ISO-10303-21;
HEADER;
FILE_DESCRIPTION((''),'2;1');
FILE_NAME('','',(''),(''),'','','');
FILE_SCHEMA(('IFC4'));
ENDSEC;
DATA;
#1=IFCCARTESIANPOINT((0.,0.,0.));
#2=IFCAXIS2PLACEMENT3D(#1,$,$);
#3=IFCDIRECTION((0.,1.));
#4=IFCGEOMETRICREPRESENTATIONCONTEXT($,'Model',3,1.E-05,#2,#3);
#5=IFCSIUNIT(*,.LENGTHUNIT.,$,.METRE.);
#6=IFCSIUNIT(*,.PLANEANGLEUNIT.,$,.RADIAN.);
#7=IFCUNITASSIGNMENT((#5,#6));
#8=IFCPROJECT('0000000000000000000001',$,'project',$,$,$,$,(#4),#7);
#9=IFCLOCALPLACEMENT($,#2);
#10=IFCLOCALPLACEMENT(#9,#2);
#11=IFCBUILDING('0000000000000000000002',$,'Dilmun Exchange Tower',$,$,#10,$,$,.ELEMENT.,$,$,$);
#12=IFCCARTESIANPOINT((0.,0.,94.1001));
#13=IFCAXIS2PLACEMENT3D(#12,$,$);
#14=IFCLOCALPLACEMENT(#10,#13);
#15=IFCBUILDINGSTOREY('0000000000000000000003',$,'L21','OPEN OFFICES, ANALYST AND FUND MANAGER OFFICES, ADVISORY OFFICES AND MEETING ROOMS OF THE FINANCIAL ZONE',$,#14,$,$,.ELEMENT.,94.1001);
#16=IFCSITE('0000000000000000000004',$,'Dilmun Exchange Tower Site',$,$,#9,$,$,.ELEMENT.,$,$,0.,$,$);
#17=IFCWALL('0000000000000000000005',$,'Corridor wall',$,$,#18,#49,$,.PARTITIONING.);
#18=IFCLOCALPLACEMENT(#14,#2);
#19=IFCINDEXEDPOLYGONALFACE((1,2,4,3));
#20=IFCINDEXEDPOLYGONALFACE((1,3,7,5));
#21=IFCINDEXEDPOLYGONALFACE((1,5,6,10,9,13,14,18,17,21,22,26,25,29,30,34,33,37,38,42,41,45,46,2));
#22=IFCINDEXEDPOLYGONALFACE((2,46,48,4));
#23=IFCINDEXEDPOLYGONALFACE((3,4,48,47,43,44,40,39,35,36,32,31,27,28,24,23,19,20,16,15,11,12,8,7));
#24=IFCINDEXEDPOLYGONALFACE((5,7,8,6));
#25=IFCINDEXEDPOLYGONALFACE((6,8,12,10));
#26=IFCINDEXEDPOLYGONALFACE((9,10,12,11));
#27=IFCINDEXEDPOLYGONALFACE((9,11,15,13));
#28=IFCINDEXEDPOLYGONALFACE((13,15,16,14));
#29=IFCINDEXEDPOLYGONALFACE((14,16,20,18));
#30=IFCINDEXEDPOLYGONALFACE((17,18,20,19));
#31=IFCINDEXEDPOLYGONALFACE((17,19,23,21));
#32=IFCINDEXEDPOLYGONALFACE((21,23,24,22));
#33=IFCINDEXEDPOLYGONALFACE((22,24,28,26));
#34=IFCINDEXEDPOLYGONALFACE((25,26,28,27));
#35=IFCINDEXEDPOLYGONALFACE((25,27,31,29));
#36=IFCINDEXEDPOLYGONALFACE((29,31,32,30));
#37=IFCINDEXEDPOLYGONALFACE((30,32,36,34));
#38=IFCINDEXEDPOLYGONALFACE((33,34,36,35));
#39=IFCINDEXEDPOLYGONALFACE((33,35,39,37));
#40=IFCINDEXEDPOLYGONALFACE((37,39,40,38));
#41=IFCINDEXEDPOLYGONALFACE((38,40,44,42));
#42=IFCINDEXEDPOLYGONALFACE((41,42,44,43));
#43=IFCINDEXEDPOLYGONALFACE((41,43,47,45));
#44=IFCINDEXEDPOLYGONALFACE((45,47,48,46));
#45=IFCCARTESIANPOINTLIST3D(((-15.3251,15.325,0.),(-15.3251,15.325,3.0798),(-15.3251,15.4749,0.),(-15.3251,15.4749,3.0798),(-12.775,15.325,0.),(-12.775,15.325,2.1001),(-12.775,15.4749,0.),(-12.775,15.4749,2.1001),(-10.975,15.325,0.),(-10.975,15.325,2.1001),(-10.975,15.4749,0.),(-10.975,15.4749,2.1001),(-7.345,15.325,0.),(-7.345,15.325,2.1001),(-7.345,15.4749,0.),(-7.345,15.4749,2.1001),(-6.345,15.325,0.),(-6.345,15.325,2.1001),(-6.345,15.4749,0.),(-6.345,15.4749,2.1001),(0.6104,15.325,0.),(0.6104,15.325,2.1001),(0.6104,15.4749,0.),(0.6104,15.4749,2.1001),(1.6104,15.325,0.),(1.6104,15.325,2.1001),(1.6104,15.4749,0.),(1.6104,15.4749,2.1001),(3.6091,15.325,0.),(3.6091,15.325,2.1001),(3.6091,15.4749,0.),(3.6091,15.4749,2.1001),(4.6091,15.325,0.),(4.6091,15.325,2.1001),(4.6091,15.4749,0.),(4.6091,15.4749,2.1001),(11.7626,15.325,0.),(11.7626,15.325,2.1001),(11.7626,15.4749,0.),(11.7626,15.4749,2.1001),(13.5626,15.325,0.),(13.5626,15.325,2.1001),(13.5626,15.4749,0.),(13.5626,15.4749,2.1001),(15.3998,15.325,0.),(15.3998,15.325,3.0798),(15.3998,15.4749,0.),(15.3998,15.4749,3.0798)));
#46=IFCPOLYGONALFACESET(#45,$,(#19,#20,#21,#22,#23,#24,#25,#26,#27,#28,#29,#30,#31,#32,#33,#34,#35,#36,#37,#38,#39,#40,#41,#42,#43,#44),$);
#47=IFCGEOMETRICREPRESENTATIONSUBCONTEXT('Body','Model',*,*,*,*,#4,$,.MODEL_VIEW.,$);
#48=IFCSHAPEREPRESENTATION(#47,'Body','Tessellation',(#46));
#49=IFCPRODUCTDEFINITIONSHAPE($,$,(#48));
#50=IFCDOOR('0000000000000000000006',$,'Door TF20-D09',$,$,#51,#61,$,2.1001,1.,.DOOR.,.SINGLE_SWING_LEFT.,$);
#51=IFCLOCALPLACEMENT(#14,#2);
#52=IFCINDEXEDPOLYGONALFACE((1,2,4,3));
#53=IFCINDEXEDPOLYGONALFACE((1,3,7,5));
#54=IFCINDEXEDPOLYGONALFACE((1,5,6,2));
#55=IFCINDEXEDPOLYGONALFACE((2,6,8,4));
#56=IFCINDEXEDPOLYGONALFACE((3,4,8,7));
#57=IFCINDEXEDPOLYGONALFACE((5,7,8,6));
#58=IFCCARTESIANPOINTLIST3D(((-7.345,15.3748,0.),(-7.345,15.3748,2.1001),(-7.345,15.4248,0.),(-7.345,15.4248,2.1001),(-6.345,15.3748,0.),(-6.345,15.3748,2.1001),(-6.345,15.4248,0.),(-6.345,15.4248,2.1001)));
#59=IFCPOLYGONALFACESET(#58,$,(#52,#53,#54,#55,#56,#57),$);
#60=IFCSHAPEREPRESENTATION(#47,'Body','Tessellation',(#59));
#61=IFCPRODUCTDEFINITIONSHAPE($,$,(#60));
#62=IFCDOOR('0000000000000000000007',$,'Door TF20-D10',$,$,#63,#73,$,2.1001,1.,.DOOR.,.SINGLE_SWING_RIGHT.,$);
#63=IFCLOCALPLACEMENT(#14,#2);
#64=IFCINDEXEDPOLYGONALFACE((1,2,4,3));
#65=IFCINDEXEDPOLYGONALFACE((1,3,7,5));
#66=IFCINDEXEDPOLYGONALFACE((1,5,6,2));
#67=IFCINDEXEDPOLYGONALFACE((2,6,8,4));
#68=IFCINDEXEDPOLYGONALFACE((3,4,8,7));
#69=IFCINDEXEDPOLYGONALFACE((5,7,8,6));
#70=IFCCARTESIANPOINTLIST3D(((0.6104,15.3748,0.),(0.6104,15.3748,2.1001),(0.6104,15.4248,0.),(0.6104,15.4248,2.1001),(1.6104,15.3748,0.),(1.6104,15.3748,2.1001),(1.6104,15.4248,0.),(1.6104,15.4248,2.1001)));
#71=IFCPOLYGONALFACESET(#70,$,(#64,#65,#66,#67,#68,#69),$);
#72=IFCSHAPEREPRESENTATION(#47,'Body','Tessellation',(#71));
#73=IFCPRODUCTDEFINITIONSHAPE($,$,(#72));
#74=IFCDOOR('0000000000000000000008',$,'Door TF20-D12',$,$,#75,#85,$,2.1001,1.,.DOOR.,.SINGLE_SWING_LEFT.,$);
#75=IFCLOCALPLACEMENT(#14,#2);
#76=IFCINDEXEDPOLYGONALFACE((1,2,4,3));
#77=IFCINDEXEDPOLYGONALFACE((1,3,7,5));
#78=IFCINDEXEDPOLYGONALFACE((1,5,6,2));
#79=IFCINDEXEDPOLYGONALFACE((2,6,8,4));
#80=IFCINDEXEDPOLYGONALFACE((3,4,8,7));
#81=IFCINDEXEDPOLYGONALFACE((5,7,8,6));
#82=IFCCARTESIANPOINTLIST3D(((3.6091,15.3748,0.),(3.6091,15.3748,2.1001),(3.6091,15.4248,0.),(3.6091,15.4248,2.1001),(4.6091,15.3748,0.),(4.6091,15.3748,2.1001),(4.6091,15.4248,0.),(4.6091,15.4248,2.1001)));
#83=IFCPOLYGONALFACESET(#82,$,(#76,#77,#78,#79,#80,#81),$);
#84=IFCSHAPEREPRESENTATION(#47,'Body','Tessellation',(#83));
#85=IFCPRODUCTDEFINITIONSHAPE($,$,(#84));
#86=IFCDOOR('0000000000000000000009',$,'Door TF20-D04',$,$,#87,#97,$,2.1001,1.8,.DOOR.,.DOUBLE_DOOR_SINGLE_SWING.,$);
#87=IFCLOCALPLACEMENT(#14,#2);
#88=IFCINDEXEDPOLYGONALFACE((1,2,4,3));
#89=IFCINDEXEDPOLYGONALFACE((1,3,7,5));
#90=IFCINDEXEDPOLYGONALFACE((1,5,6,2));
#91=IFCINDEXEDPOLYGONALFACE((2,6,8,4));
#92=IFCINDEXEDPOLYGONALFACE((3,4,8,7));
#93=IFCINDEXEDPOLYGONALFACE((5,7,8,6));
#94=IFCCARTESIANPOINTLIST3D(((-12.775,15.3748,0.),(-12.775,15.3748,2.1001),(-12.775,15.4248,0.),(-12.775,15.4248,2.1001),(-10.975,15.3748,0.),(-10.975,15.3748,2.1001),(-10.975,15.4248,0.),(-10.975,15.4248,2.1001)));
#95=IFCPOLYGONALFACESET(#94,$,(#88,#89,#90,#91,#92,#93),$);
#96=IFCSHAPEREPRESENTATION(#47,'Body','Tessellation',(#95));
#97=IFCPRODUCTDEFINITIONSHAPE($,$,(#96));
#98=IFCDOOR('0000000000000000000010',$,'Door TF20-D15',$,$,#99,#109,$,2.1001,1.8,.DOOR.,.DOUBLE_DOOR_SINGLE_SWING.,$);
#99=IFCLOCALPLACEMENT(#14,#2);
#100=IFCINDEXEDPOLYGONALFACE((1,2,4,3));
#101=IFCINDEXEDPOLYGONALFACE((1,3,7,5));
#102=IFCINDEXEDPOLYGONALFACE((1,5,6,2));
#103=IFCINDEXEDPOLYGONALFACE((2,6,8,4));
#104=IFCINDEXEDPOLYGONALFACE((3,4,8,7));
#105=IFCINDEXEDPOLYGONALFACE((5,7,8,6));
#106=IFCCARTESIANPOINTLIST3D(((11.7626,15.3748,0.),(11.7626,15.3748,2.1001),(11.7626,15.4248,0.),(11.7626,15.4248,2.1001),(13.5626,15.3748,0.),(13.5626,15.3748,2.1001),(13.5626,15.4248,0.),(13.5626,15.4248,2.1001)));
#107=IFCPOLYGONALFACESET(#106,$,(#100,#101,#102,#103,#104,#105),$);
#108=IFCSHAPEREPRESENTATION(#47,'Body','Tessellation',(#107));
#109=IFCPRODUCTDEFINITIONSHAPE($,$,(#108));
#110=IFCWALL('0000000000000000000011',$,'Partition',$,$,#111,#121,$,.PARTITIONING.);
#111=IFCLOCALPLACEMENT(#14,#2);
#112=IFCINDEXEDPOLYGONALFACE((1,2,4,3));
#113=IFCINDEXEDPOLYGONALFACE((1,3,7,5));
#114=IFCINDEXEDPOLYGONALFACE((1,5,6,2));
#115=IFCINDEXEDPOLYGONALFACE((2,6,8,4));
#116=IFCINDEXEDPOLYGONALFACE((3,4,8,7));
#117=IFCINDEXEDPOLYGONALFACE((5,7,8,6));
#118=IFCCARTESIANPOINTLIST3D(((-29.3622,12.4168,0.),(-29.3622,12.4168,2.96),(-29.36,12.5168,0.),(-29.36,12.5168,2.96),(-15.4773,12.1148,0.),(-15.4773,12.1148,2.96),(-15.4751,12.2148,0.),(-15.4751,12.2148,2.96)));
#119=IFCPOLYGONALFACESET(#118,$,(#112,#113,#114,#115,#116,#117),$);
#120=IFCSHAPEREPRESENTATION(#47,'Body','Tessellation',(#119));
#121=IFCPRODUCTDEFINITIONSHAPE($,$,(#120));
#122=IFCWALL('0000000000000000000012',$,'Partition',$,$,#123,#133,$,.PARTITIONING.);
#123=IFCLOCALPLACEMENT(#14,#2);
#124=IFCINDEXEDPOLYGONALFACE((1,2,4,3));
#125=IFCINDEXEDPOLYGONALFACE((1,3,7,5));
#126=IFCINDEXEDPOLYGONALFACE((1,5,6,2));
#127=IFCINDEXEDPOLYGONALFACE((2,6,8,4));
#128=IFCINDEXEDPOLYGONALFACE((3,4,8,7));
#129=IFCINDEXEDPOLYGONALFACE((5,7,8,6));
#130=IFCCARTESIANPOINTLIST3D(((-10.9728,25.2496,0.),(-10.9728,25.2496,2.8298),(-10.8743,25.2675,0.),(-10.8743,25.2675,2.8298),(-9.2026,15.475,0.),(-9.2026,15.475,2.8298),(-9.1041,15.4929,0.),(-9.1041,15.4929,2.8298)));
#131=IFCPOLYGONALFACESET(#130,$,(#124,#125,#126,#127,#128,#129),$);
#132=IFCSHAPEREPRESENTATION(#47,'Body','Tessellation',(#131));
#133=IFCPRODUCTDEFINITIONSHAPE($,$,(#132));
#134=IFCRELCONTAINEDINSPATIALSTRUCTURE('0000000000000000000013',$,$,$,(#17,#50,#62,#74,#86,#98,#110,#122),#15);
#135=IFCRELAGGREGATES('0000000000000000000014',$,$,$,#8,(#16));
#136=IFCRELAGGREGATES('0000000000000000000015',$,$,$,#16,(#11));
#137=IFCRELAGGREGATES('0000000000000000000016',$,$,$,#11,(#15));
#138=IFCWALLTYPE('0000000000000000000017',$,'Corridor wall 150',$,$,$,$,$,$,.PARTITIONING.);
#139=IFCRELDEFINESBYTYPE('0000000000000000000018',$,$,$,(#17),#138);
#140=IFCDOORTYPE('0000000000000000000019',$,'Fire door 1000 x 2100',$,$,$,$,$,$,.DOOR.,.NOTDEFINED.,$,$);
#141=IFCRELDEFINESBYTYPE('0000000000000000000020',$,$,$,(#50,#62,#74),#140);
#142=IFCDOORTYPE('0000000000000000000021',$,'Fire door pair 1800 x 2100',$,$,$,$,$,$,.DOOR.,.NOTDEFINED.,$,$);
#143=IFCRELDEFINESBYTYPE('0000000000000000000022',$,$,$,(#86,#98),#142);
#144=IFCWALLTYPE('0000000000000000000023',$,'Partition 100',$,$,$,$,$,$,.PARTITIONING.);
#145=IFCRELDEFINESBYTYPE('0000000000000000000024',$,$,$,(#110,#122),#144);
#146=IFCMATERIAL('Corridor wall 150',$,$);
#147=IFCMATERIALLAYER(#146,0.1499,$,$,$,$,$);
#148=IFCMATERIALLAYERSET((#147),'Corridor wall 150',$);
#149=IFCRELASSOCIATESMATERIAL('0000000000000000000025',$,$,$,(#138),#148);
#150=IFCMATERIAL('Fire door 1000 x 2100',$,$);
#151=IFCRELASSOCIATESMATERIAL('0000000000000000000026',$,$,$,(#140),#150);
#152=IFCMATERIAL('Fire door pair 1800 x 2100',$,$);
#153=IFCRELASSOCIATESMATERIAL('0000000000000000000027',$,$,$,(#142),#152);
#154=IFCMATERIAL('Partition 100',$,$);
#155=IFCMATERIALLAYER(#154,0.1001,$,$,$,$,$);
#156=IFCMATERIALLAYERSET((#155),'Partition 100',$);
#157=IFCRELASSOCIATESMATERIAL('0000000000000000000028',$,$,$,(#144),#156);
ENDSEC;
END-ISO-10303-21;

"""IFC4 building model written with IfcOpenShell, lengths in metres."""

from ifc_helpers import new_model, si_unit, direction, frame, frame_2d, origin, place, context, subcontext, project, spatial, rectangle, extrude, material, layer, layer_set, type_object, element, fill, save


model = new_model("IFC4")

# Units and contexts
model_context = context("Model", 3, precision=1e-05, world=origin(), true_north=direction((0.0, 1.0)))
body_context = subcontext(model_context, "Body", "Model", "MODEL_VIEW")
ifc_project = project(units=[si_unit("LENGTHUNIT", "METRE"), si_unit("PLANEANGLEUNIT", "RADIAN")], contexts=[model_context])

# Site, building, storey
site_placement = place(None, origin())
site = spatial("IfcSite", under=ifc_project, at=site_placement, Name="Dilmun Exchange Tower Site", CompositionType="ELEMENT", RefElevation=0.0)
building_placement = place(site_placement, origin())
building = spatial("IfcBuilding", under=site, at=building_placement, Name="Dilmun Exchange Tower", CompositionType="ELEMENT")
storey_placement = place(building_placement, frame((0.0, 0.0, 94.1001)))
storey = spatial("IfcBuildingStorey", under=building, at=storey_placement, Name="L21", Description="OPEN OFFICES, ANALYST AND FUND MANAGER OFFICES, ADVISORY OFFICES AND MEETING ROOMS OF THE FINANCIAL ZONE", CompositionType="ELEMENT", Elevation=94.1001)

# Wall, openings, doors
ifc_material_1 = material(Name="Corridor wall 150")
ifc_layer_1 = layer(ifc_material_1, 0.1499)
ifc_layer_set_1 = layer_set([ifc_layer_1], Name="Corridor wall 150")
wall_type_1 = type_object("IfcWallType", Name="Corridor wall 150", PredefinedType="PARTITIONING", material=ifc_layer_set_1)
wall_1_placement = place(storey_placement, frame((-15.325, 15.3999, 0.0), z_axis=(0.0, 0.0, 1.0), x_axis=(1.0, 0.0, 0.0)))
wall_1 = element("IfcWall", 1, at=wall_1_placement, inside=storey, type_object=wall_type_1, Name="Corridor wall", PredefinedType="PARTITIONING", context=body_context, shape_type="SweptSolid", body=[
    extrude(rectangle(XDim=30.7249, YDim=0.1499, at=frame_2d((15.3623, 0.0))), origin(), (0.0, 0.0, 1.0), 3.0798),
])
opening_1_placement = place(wall_1_placement, frame((2.55, 0.0, 0.0)))
opening_1 = element("IfcOpeningElement", 2, at=opening_1_placement, cuts=wall_1, PredefinedType="OPENING", context=body_context, shape_type="SweptSolid", body=[
    extrude(rectangle(XDim=1.8, YDim=2.1001, at=frame_2d((0.8999, 1.05))), frame((0.0, 0.085, 0.0), z_axis=(0.0, -1.0, 0.0), x_axis=(1.0, 0.0, 0.0)), (0.0, 0.0, 1.0), 0.1699),
])
opening_2_placement = place(wall_1_placement, frame((7.98, 0.0, 0.0)))
opening_2 = element("IfcOpeningElement", 3, at=opening_2_placement, cuts=wall_1, PredefinedType="OPENING", context=body_context, shape_type="SweptSolid", body=[
    extrude(rectangle(XDim=1.0, YDim=2.1001, at=frame_2d((0.5, 1.05))), frame((0.0, 0.085, 0.0), z_axis=(0.0, -1.0, 0.0), x_axis=(1.0, 0.0, 0.0)), (0.0, 0.0, 1.0), 0.1699),
])
opening_3_placement = place(wall_1_placement, frame((15.9353, 0.0, 0.0)))
opening_3 = element("IfcOpeningElement", 4, at=opening_3_placement, cuts=wall_1, PredefinedType="OPENING", context=body_context, shape_type="SweptSolid", body=[
    extrude(rectangle(XDim=1.0, YDim=2.1001, at=frame_2d((0.5, 1.05))), frame((0.0, 0.085, 0.0), z_axis=(0.0, -1.0, 0.0), x_axis=(1.0, 0.0, 0.0)), (0.0, 0.0, 1.0), 0.1699),
])
opening_4_placement = place(wall_1_placement, frame((18.9341, 0.0, 0.0)))
opening_4 = element("IfcOpeningElement", 5, at=opening_4_placement, cuts=wall_1, PredefinedType="OPENING", context=body_context, shape_type="SweptSolid", body=[
    extrude(rectangle(XDim=1.0, YDim=2.1001, at=frame_2d((0.5, 1.05))), frame((0.0, 0.085, 0.0), z_axis=(0.0, -1.0, 0.0), x_axis=(1.0, 0.0, 0.0)), (0.0, 0.0, 1.0), 0.1699),
])
opening_5_placement = place(wall_1_placement, frame((27.0876, 0.0, 0.0)))
opening_5 = element("IfcOpeningElement", 6, at=opening_5_placement, cuts=wall_1, PredefinedType="OPENING", context=body_context, shape_type="SweptSolid", body=[
    extrude(rectangle(XDim=1.8, YDim=2.1001, at=frame_2d((0.8999, 1.05))), frame((0.0, 0.085, 0.0), z_axis=(0.0, -1.0, 0.0), x_axis=(1.0, 0.0, 0.0)), (0.0, 0.0, 1.0), 0.1699),
])
ifc_material_2 = material(Name="Fire door 1000 x 2100")
door_type_1 = type_object("IfcDoorType", Name="Fire door 1000 x 2100", OperationType="NOTDEFINED", PredefinedType="DOOR", material=ifc_material_2)
door_1_placement = place(opening_2_placement, origin())
door_1 = element("IfcDoor", 7, at=door_1_placement, inside=storey, type_object=door_type_1, Name="Door TF20-D09", OperationType="SINGLE_SWING_LEFT", OverallHeight=2.1001, OverallWidth=1.0, PredefinedType="DOOR", context=body_context, shape_type="SweptSolid", body=[
    extrude(rectangle(XDim=1.0, YDim=2.1001, at=frame_2d((0.5, 1.05))), frame((0.0, 0.0249, 0.0), z_axis=(0.0, -1.0, 0.0), x_axis=(1.0, 0.0, 0.0)), (0.0, 0.0, 1.0), 0.05),
])
fill(opening_2, door_1)
door_2_placement = place(opening_3_placement, origin())
door_2 = element("IfcDoor", 8, at=door_2_placement, inside=storey, type_object=door_type_1, Name="Door TF20-D10", OperationType="SINGLE_SWING_RIGHT", OverallHeight=2.1001, OverallWidth=1.0, PredefinedType="DOOR", context=body_context, shape_type="SweptSolid", body=[
    extrude(rectangle(XDim=1.0, YDim=2.1001, at=frame_2d((0.5, 1.05))), frame((0.0, 0.0249, 0.0), z_axis=(0.0, -1.0, 0.0), x_axis=(1.0, 0.0, 0.0)), (0.0, 0.0, 1.0), 0.05),
])
fill(opening_3, door_2)
door_3_placement = place(opening_4_placement, origin())
door_3 = element("IfcDoor", 9, at=door_3_placement, inside=storey, type_object=door_type_1, Name="Door TF20-D12", OperationType="SINGLE_SWING_LEFT", OverallHeight=2.1001, OverallWidth=1.0, PredefinedType="DOOR", context=body_context, shape_type="SweptSolid", body=[
    extrude(rectangle(XDim=1.0, YDim=2.1001, at=frame_2d((0.5, 1.05))), frame((0.0, 0.0249, 0.0), z_axis=(0.0, -1.0, 0.0), x_axis=(1.0, 0.0, 0.0)), (0.0, 0.0, 1.0), 0.05),
])
fill(opening_4, door_3)
ifc_material_3 = material(Name="Fire door pair 1800 x 2100")
door_type_2 = type_object("IfcDoorType", Name="Fire door pair 1800 x 2100", OperationType="NOTDEFINED", PredefinedType="DOOR", material=ifc_material_3)
door_4_placement = place(opening_1_placement, origin())
door_4 = element("IfcDoor", 10, at=door_4_placement, inside=storey, type_object=door_type_2, Name="Door TF20-D04", OperationType="DOUBLE_DOOR_SINGLE_SWING", OverallHeight=2.1001, OverallWidth=1.8, PredefinedType="DOOR", context=body_context, shape_type="SweptSolid", body=[
    extrude(rectangle(XDim=1.8, YDim=2.1001, at=frame_2d((0.8999, 1.05))), frame((0.0, 0.0249, 0.0), z_axis=(0.0, -1.0, 0.0), x_axis=(1.0, 0.0, 0.0)), (0.0, 0.0, 1.0), 0.05),
])
fill(opening_1, door_4)
door_5_placement = place(opening_5_placement, origin())
door_5 = element("IfcDoor", 11, at=door_5_placement, inside=storey, type_object=door_type_2, Name="Door TF20-D15", OperationType="DOUBLE_DOOR_SINGLE_SWING", OverallHeight=2.1001, OverallWidth=1.8, PredefinedType="DOOR", context=body_context, shape_type="SweptSolid", body=[
    extrude(rectangle(XDim=1.8, YDim=2.1001, at=frame_2d((0.8999, 1.05))), frame((0.0, 0.0249, 0.0), z_axis=(0.0, -1.0, 0.0), x_axis=(1.0, 0.0, 0.0)), (0.0, 0.0, 1.0), 0.05),
])
fill(opening_5, door_5)

# Walls
ifc_material_4 = material(Name="Partition 100")
ifc_layer_2 = layer(ifc_material_4, 0.1001)
ifc_layer_set_2 = layer_set([ifc_layer_2], Name="Partition 100")
wall_type_2 = type_object("IfcWallType", Name="Partition 100", PredefinedType="PARTITIONING", material=ifc_layer_set_2)
wall_2_placement = place(storey_placement, frame((-29.3611, 12.4668, 0.0), z_axis=(0.0, 0.0, 1.0), x_axis=(0.999764, -0.021745, 0.0)))
element("IfcWall", 12, at=wall_2_placement, inside=storey, type_object=wall_type_2, Name="Partition", PredefinedType="PARTITIONING", context=body_context, shape_type="SweptSolid", body=[
    extrude(rectangle(XDim=13.8882, YDim=0.1001, at=frame_2d((6.9441, 0.0))), origin(), (0.0, 0.0, 1.0), 2.96),
])
wall_3_placement = place(storey_placement, frame((-10.9236, 25.2585, 0.0), z_axis=(0.0, 0.0, 1.0), x_axis=(0.178208, -0.983993, 0.0)))
element("IfcWall", 13, at=wall_3_placement, inside=storey, type_object=wall_type_2, Name="Partition", PredefinedType="PARTITIONING", context=body_context, shape_type="SweptSolid", body=[
    extrude(rectangle(XDim=9.9336, YDim=0.1001, at=frame_2d((4.9668, 0.0))), origin(), (0.0, 0.0, 1.0), 2.8298),
])

save(model, "model.ifc")
